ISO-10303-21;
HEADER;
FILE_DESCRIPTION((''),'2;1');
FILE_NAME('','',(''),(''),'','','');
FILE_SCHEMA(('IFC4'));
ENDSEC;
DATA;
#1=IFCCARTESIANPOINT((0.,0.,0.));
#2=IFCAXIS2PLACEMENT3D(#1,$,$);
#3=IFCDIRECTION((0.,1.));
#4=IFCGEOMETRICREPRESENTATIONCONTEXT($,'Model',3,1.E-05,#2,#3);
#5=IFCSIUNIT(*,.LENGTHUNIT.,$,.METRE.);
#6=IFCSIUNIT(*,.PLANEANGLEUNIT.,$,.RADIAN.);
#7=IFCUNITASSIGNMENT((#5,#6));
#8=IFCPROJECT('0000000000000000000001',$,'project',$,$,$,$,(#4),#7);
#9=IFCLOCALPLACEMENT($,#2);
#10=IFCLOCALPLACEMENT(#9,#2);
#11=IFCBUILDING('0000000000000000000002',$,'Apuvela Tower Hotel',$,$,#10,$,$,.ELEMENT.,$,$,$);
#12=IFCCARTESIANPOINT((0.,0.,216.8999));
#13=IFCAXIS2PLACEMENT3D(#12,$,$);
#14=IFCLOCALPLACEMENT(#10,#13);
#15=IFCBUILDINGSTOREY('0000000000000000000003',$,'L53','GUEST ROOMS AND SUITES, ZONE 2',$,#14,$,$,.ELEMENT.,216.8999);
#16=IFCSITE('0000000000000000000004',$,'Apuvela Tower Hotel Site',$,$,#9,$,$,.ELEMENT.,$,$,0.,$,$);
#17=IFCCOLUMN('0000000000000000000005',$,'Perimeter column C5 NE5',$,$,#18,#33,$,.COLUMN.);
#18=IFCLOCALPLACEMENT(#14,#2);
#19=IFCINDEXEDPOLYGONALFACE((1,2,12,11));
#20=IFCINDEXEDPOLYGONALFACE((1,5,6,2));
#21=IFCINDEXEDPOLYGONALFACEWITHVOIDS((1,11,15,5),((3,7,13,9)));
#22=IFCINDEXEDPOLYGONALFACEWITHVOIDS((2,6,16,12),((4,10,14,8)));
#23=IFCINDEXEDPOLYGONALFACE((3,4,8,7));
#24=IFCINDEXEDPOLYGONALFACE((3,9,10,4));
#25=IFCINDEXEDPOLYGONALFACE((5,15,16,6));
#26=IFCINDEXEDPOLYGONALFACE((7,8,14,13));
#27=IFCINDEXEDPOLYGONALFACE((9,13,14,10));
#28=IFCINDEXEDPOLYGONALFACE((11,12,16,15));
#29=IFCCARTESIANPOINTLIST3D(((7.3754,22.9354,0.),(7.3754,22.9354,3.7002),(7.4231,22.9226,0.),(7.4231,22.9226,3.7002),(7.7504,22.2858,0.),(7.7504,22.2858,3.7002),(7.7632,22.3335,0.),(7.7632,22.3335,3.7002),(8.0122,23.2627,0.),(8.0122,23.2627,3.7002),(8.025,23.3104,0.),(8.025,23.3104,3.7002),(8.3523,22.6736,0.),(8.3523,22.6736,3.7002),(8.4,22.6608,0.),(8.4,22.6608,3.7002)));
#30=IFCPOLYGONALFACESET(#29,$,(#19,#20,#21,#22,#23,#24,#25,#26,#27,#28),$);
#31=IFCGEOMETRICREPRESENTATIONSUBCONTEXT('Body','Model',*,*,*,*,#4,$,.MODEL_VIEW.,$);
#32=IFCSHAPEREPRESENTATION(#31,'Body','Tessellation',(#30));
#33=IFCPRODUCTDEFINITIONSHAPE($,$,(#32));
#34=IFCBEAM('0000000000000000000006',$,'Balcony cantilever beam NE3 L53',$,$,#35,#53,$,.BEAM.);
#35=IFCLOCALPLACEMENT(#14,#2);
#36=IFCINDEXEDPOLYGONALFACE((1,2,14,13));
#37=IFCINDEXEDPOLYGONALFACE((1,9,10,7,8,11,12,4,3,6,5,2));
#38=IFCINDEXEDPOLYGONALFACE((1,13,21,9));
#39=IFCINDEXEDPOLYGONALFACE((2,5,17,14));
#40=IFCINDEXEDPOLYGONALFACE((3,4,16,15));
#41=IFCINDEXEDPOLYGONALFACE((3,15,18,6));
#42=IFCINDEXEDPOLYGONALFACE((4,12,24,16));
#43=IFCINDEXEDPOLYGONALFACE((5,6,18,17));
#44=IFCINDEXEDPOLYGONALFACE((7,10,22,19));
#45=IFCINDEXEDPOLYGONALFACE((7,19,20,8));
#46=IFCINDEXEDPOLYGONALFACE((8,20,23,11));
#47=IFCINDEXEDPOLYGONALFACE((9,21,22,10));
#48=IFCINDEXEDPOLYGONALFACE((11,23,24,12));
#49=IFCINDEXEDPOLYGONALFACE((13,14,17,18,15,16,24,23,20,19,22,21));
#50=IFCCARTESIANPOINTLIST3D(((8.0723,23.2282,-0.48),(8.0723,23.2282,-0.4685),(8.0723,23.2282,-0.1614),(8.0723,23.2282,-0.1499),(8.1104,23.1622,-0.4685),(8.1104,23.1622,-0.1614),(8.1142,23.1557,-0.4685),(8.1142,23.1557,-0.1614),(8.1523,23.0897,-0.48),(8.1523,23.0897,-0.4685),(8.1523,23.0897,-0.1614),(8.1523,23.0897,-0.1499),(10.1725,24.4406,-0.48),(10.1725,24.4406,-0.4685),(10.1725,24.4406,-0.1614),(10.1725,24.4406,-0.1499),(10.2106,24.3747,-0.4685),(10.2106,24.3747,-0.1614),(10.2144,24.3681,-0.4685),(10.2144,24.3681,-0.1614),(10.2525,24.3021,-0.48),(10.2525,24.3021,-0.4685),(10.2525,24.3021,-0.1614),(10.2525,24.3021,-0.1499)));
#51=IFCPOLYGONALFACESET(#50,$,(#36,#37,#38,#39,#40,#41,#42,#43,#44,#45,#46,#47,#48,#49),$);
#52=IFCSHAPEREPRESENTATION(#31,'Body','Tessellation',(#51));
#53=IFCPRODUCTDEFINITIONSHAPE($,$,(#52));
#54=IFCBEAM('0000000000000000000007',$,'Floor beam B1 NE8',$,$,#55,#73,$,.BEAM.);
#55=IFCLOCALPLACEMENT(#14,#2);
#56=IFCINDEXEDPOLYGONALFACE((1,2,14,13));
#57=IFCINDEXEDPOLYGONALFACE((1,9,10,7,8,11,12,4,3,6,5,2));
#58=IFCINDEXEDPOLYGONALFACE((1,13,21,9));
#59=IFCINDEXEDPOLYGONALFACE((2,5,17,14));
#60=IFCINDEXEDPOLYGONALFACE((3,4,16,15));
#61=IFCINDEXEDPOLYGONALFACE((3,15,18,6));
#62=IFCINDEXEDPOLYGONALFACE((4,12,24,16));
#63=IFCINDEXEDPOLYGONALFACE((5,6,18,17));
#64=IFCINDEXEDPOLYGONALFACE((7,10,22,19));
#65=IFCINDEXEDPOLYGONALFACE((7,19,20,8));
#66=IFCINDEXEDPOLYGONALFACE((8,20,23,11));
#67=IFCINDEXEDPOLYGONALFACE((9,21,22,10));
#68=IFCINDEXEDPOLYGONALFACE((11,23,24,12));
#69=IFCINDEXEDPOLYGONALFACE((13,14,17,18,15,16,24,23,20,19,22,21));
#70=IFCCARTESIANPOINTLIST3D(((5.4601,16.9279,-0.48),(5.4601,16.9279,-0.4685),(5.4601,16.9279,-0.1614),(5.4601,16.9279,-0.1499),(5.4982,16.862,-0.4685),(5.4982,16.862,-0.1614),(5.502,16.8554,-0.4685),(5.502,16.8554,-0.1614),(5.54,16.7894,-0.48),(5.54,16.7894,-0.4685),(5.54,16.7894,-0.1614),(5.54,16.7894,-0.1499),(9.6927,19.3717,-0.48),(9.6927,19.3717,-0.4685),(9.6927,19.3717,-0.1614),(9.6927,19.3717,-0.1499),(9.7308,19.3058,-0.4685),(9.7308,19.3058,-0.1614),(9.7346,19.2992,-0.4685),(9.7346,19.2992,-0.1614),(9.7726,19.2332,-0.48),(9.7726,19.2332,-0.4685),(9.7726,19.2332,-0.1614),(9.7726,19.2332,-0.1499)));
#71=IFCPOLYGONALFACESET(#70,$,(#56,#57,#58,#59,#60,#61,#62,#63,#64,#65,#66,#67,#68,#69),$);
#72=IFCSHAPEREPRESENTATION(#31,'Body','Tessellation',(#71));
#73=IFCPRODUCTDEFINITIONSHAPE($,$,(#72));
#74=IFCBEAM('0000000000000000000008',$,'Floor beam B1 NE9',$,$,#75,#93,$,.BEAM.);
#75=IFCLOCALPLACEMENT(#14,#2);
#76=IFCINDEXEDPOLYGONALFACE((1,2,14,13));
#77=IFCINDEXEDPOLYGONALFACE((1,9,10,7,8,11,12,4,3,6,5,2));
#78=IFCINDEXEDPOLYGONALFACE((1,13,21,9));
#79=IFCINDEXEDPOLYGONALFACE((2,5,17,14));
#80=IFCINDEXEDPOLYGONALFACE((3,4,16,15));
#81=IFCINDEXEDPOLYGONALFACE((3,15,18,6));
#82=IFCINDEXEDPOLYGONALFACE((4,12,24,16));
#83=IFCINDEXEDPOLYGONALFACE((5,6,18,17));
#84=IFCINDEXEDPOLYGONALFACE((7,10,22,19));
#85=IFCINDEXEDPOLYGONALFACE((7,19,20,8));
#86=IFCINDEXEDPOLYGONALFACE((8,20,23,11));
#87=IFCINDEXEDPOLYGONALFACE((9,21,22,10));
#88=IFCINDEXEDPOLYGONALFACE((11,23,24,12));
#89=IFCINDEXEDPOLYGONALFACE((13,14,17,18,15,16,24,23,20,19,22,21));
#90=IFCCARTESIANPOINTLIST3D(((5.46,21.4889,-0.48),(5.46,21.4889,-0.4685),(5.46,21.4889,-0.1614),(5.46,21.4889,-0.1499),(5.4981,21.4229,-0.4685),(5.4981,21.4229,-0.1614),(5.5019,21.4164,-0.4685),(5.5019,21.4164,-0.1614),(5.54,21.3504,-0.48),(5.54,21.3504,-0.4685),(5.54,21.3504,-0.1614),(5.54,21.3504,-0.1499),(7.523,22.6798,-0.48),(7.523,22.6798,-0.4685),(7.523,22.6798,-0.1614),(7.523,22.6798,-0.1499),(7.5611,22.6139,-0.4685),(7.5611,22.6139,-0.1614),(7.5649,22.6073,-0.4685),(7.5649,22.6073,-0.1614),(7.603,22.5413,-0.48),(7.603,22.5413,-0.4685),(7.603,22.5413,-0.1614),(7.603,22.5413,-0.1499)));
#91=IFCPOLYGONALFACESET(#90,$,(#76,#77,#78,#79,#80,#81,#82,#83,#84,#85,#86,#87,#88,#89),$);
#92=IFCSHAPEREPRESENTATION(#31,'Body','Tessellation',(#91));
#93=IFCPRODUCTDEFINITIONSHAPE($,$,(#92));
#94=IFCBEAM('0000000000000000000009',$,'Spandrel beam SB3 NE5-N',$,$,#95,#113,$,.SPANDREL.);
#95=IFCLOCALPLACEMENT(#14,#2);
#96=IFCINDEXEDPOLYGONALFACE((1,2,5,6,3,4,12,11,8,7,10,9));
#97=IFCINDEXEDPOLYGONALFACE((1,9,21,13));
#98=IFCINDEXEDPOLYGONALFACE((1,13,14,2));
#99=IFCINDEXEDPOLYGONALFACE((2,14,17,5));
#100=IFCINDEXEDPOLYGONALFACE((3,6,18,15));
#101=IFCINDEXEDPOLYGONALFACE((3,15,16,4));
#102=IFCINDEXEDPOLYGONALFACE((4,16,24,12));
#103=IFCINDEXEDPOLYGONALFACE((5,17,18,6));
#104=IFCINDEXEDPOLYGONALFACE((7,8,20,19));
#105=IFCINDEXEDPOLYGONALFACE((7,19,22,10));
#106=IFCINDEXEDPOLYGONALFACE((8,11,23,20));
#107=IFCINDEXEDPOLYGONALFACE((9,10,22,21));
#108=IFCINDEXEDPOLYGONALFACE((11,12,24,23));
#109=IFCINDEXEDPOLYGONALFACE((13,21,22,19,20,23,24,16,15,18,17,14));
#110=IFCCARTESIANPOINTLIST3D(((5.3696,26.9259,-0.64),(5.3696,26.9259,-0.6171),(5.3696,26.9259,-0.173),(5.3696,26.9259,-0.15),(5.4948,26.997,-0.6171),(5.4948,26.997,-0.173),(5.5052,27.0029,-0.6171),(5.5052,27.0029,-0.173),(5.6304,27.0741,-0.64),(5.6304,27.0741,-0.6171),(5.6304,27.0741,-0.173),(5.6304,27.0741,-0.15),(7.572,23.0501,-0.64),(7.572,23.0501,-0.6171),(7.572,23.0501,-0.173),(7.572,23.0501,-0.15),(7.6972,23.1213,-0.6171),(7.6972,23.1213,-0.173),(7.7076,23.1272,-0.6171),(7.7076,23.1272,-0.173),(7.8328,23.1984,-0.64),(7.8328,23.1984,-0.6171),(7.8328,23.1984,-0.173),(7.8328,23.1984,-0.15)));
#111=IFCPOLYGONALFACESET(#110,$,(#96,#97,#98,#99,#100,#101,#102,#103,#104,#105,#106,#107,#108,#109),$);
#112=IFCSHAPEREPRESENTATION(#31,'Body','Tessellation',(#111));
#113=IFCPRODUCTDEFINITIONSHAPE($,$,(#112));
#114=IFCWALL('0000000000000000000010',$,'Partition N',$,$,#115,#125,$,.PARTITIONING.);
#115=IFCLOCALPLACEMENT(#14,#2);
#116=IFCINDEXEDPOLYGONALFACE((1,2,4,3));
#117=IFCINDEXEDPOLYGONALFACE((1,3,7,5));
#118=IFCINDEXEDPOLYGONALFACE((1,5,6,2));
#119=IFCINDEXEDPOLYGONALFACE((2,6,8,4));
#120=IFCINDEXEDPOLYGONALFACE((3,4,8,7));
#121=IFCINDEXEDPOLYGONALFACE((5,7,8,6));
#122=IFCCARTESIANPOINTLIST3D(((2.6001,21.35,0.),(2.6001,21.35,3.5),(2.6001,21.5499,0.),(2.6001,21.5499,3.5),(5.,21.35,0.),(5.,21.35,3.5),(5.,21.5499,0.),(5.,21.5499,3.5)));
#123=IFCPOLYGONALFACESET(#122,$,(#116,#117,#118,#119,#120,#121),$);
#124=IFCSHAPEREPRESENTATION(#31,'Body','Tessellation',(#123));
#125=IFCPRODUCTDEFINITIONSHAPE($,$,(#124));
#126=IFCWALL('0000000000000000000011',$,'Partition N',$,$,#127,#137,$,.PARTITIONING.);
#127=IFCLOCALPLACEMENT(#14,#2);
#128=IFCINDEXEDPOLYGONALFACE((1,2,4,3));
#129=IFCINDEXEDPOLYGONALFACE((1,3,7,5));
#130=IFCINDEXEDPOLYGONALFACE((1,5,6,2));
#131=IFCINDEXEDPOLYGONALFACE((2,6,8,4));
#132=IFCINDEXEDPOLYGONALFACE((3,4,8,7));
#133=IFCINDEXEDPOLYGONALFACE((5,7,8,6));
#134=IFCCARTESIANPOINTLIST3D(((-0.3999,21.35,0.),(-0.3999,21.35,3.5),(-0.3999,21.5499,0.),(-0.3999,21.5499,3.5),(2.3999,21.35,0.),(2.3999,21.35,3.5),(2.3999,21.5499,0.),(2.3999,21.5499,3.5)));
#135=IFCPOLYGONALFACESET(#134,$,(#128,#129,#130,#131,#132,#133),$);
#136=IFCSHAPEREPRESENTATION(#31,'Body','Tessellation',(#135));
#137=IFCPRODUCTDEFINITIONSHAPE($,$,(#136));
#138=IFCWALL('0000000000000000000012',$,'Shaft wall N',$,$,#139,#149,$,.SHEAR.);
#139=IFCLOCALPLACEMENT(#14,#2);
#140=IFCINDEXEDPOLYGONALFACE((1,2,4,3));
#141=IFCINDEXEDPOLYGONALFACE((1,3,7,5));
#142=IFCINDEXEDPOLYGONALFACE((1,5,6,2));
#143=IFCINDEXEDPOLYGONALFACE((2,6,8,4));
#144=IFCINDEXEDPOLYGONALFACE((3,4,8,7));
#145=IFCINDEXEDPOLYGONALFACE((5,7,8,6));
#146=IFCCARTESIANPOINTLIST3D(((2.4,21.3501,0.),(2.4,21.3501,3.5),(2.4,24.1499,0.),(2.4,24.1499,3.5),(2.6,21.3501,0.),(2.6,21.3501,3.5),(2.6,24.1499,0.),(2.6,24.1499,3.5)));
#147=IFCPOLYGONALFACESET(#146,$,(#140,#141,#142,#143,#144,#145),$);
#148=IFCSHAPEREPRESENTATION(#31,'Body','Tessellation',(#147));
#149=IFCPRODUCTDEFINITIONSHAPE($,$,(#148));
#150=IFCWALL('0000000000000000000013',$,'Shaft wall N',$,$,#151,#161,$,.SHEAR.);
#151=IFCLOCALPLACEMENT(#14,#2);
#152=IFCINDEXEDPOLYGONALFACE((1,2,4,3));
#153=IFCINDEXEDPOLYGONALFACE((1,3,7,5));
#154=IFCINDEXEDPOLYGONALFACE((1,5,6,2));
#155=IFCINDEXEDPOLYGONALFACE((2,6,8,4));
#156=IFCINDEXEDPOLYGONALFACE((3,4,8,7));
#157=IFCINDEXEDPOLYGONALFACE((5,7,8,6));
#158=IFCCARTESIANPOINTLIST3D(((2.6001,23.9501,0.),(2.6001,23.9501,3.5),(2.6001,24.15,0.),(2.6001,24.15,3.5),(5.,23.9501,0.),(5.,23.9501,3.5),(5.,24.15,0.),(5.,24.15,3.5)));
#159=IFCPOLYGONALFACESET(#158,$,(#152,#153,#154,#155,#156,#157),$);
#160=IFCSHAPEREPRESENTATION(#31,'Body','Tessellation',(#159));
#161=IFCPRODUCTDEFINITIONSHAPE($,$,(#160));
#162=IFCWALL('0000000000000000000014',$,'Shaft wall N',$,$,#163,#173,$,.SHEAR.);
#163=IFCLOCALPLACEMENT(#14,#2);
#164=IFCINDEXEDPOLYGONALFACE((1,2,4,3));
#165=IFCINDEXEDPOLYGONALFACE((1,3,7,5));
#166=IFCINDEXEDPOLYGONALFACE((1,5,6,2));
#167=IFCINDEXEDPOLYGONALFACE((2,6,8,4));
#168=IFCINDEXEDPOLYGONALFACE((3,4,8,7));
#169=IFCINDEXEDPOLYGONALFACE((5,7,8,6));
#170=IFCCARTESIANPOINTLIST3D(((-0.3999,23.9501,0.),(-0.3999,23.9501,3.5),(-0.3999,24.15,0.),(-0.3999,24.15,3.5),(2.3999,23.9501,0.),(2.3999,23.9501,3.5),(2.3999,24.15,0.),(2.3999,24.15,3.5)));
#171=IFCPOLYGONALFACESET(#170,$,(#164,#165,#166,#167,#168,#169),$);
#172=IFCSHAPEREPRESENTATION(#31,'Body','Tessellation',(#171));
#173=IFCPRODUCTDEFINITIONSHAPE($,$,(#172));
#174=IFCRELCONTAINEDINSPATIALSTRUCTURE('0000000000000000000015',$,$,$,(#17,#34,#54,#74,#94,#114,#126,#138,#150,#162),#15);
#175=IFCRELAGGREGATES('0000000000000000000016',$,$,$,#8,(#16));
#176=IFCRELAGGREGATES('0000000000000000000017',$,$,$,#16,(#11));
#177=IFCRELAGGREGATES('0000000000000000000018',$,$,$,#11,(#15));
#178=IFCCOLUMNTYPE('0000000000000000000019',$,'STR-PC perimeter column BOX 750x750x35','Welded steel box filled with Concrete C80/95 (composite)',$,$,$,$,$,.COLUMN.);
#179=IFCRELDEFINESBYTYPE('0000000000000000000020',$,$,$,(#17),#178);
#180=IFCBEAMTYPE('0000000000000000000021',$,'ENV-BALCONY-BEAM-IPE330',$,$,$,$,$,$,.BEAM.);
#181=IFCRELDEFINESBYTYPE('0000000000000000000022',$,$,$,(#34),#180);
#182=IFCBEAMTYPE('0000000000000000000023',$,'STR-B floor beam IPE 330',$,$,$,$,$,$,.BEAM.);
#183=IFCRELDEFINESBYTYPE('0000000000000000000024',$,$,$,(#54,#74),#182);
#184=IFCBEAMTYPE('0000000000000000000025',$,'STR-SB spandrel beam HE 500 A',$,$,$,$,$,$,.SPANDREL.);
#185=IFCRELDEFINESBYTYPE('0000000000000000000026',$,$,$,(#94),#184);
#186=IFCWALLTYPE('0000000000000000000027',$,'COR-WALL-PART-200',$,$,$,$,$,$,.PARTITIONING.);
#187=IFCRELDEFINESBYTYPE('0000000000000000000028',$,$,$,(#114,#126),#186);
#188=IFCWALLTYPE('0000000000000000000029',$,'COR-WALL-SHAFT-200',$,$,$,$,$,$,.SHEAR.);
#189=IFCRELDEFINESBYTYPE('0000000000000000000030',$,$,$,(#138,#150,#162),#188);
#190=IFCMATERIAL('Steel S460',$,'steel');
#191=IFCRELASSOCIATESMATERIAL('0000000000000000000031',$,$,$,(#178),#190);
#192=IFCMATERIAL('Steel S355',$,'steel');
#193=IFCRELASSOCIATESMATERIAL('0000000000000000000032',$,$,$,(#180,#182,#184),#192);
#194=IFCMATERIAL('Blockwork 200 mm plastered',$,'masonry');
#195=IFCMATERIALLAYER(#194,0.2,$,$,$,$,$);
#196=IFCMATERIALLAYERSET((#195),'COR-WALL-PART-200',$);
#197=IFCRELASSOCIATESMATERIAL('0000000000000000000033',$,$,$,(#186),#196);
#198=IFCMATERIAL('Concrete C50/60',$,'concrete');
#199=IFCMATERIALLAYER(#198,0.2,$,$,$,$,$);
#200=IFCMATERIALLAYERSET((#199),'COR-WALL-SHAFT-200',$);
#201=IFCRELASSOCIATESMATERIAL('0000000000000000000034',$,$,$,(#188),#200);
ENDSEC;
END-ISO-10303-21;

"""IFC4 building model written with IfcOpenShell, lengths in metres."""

from ifc_helpers import new_model, si_unit, direction, frame, frame_2d, origin, origin_2d, place, context, subcontext, project, spatial, rectangle, hollow_rectangle, i_section, extrude, material, layer, layer_set, material_profile, profile_set, type_object, element, save


model = new_model("IFC4")

# Units and contexts
model_context = context("Model", 3, precision=1e-05, world=origin(), true_north=direction((0.0, 1.0)))
body_context = subcontext(model_context, "Body", "Model", "MODEL_VIEW")
ifc_project = project(units=[si_unit("LENGTHUNIT", "METRE"), si_unit("PLANEANGLEUNIT", "RADIAN")], contexts=[model_context])

# Site, building, storey
site_placement = place(None, origin())
site = spatial("IfcSite", under=ifc_project, at=site_placement, Name="Apuvela Tower Hotel Site", CompositionType="ELEMENT", RefElevation=0.0)
building_placement = place(site_placement, origin())
building = spatial("IfcBuilding", under=site, at=building_placement, Name="Apuvela Tower Hotel", CompositionType="ELEMENT")
storey_placement = place(building_placement, frame((0.0, 0.0, 216.8999)))
storey = spatial("IfcBuildingStorey", under=building, at=storey_placement, Name="L53", Description="GUEST ROOMS AND SUITES, ZONE 2", CompositionType="ELEMENT", Elevation=216.8999)

# Column
ifc_material_1 = material(Name="Steel S460", Category="steel")
ifc_material_profile_1 = material_profile(ifc_material_1, hollow_rectangle(XDim=0.75, YDim=0.75, WallThickness=0.0349, at=origin_2d()), Name="BOX 750x750x35")
ifc_material_2 = material(Name="Concrete C80/95", Category="concrete")
ifc_material_profile_2 = material_profile(ifc_material_2, rectangle(XDim=0.6799, YDim=0.6799, at=origin_2d()), Name="Concrete C80/95 infill")
ifc_profile_set_1 = profile_set([ifc_material_profile_1, ifc_material_profile_2], Name="Steel S460")
column_type = type_object("IfcColumnType", Name="STR-PC perimeter column BOX 750x750x35", Description="Welded steel box filled with Concrete C80/95 (composite)", PredefinedType="COLUMN", material=ifc_profile_set_1)
column_placement = place(storey_placement, frame((7.8877, 22.7981, 0.0), z_axis=(0.0, 0.0, 1.0), x_axis=(-0.5, 0.866025, 0.0)))
element("IfcColumn", 1, at=column_placement, inside=storey, type_object=column_type, Name="Perimeter column C5 NE5", PredefinedType="COLUMN", context=body_context, shape_type="SweptSolid", body=[
    extrude(hollow_rectangle(XDim=0.75, YDim=0.75, WallThickness=0.0349, at=origin_2d()), origin(), (0.0, 0.0, 1.0), 3.7002),
])

# Beams
ifc_material_3 = material(Name="Steel S355", Category="steel")
ifc_material_profile_3 = material_profile(ifc_material_3, i_section(OverallWidth=0.1599, OverallDepth=0.3301, WebThickness=0.0076, FlangeThickness=0.0115, at=origin_2d()), Name="IPE 330")
ifc_profile_set_2 = profile_set([ifc_material_profile_3], Name="Steel S355")
beam_type_1 = type_object("IfcBeamType", Name="ENV-BALCONY-BEAM-IPE330", PredefinedType="BEAM", material=ifc_profile_set_2)
beam_1_placement = place(storey_placement, frame((8.1123, 23.1589, -0.3149), z_axis=(0.866041, 0.499972, 0.0), x_axis=(-0.499972, 0.866041, 0.0)))
element("IfcBeam", 2, at=beam_1_placement, inside=storey, type_object=beam_type_1, Name="Balcony cantilever beam NE3 L53", PredefinedType="BEAM", context=body_context, shape_type="SweptSolid", body=[
    extrude(i_section(OverallWidth=0.1599, OverallDepth=0.3301, WebThickness=0.0076, FlangeThickness=0.0115, at=origin_2d()), origin(), (0.0, 0.0, 1.0), 2.425),
])
ifc_material_profile_4 = material_profile(ifc_material_3, i_section(OverallWidth=0.1599, OverallDepth=0.3301, WebThickness=0.0076, FlangeThickness=0.0115, at=origin_2d()), Name="IPE 330")
ifc_profile_set_3 = profile_set([ifc_material_profile_4], Name="Steel S355")
beam_type_2 = type_object("IfcBeamType", Name="STR-B floor beam IPE 330", PredefinedType="BEAM", material=ifc_profile_set_3)
beam_2_placement = place(storey_placement, frame((9.7327, 19.3025, -0.3149), z_axis=(-0.866015, -0.500018, 0.0), x_axis=(0.500018, -0.866015, 0.0)))
element("IfcBeam", 3, at=beam_2_placement, inside=storey, type_object=beam_type_2, Name="Floor beam B1 NE8", PredefinedType="BEAM", context=body_context, shape_type="SweptSolid", body=[
    extrude(i_section(OverallWidth=0.1599, OverallDepth=0.3301, WebThickness=0.0076, FlangeThickness=0.0115, at=origin_2d()), origin(), (0.0, 0.0, 1.0), 4.8875),
])
beam_3_placement = place(storey_placement, frame((7.563, 22.6106, -0.3149), z_axis=(-0.866052, -0.499953, 0.0), x_axis=(0.499953, -0.866052, 0.0)))
element("IfcBeam", 4, at=beam_3_placement, inside=storey, type_object=beam_type_2, Name="Floor beam B1 NE9", PredefinedType="BEAM", context=body_context, shape_type="SweptSolid", body=[
    extrude(i_section(OverallWidth=0.1599, OverallDepth=0.3301, WebThickness=0.0076, FlangeThickness=0.0115, at=origin_2d()), origin(), (0.0, 0.0, 1.0), 2.3821),
])
ifc_material_profile_5 = material_profile(ifc_material_3, i_section(OverallWidth=0.3, OverallDepth=0.49, WebThickness=0.012, FlangeThickness=0.0229, at=origin_2d()), Name="HE 500 A")
ifc_profile_set_4 = profile_set([ifc_material_profile_5], Name="Steel S355")
beam_type_3 = type_object("IfcBeamType", Name="STR-SB spandrel beam HE 500 A", PredefinedType="SPANDREL", material=ifc_profile_set_4)
beam_4_placement = place(storey_placement, frame((7.7024, 23.1243, -0.395), z_axis=(-0.494056, 0.86943, 0.0), x_axis=(-0.86943, -0.494056, 0.0)))
element("IfcBeam", 5, at=beam_4_placement, inside=storey, type_object=beam_type_3, Name="Spandrel beam SB3 NE5-N", PredefinedType="SPANDREL", context=body_context, shape_type="SweptSolid", body=[
    extrude(i_section(OverallWidth=0.3, OverallDepth=0.49, WebThickness=0.012, FlangeThickness=0.0229, at=origin_2d()), origin(), (0.0, 0.0, 1.0), 4.4578),
])

# Walls
ifc_material_4 = material(Name="Blockwork 200 mm plastered", Category="masonry")
ifc_layer_1 = layer(ifc_material_4, 0.2)
ifc_layer_set_1 = layer_set([ifc_layer_1], Name="COR-WALL-PART-200")
wall_type_1 = type_object("IfcWallType", Name="COR-WALL-PART-200", PredefinedType="PARTITIONING", material=ifc_layer_set_1)
wall_1_placement = place(storey_placement, frame((5.0, 21.45, 0.0), z_axis=(0.0, 0.0, 1.0), x_axis=(-1.0, 0.0, 0.0)))
element("IfcWall", 6, at=wall_1_placement, inside=storey, type_object=wall_type_1, Name="Partition N", PredefinedType="PARTITIONING", context=body_context, shape_type="SweptSolid", body=[
    extrude(rectangle(XDim=2.3999, YDim=0.2, at=frame_2d((1.2, 0.0))), origin(), (0.0, 0.0, 1.0), 3.5),
])
wall_2_placement = place(storey_placement, frame((2.3999, 21.45, 0.0), z_axis=(0.0, 0.0, 1.0), x_axis=(-1.0, 0.0, 0.0)))
element("IfcWall", 7, at=wall_2_placement, inside=storey, type_object=wall_type_1, Name="Partition N", PredefinedType="PARTITIONING", context=body_context, shape_type="SweptSolid", body=[
    extrude(rectangle(XDim=2.7998, YDim=0.2, at=frame_2d((1.3999, 0.0))), origin(), (0.0, 0.0, 1.0), 3.5),
])
ifc_material_5 = material(Name="Concrete C50/60", Category="concrete")
ifc_layer_2 = layer(ifc_material_5, 0.2)
ifc_layer_set_2 = layer_set([ifc_layer_2], Name="COR-WALL-SHAFT-200")
wall_type_2 = type_object("IfcWallType", Name="COR-WALL-SHAFT-200", PredefinedType="SHEAR", material=ifc_layer_set_2)
wall_3_placement = place(storey_placement, frame((2.5, 21.3501, 0.0), z_axis=(0.0, 0.0, 1.0), x_axis=(0.0, 1.0, 0.0)))
element("IfcWall", 8, at=wall_3_placement, inside=storey, type_object=wall_type_2, Name="Shaft wall N", PredefinedType="SHEAR", context=body_context, shape_type="SweptSolid", body=[
    extrude(rectangle(XDim=2.7998, YDim=0.2, at=frame_2d((1.3999, 0.0))), origin(), (0.0, 0.0, 1.0), 3.5),
])
wall_4_placement = place(storey_placement, frame((5.0, 24.05, 0.0), z_axis=(0.0, 0.0, 1.0), x_axis=(-1.0, 0.0, 0.0)))
element("IfcWall", 9, at=wall_4_placement, inside=storey, type_object=wall_type_2, Name="Shaft wall N", PredefinedType="SHEAR", context=body_context, shape_type="SweptSolid", body=[
    extrude(rectangle(XDim=2.3999, YDim=0.2, at=frame_2d((1.2, 0.0))), origin(), (0.0, 0.0, 1.0), 3.5),
])
wall_5_placement = place(storey_placement, frame((2.3999, 24.05, 0.0), z_axis=(0.0, 0.0, 1.0), x_axis=(-1.0, 0.0, 0.0)))
element("IfcWall", 10, at=wall_5_placement, inside=storey, type_object=wall_type_2, Name="Shaft wall N", PredefinedType="SHEAR", context=body_context, shape_type="SweptSolid", body=[
    extrude(rectangle(XDim=2.7998, YDim=0.2, at=frame_2d((1.3999, 0.0))), origin(), (0.0, 0.0, 1.0), 3.5),
])

save(model, "model.ifc")
